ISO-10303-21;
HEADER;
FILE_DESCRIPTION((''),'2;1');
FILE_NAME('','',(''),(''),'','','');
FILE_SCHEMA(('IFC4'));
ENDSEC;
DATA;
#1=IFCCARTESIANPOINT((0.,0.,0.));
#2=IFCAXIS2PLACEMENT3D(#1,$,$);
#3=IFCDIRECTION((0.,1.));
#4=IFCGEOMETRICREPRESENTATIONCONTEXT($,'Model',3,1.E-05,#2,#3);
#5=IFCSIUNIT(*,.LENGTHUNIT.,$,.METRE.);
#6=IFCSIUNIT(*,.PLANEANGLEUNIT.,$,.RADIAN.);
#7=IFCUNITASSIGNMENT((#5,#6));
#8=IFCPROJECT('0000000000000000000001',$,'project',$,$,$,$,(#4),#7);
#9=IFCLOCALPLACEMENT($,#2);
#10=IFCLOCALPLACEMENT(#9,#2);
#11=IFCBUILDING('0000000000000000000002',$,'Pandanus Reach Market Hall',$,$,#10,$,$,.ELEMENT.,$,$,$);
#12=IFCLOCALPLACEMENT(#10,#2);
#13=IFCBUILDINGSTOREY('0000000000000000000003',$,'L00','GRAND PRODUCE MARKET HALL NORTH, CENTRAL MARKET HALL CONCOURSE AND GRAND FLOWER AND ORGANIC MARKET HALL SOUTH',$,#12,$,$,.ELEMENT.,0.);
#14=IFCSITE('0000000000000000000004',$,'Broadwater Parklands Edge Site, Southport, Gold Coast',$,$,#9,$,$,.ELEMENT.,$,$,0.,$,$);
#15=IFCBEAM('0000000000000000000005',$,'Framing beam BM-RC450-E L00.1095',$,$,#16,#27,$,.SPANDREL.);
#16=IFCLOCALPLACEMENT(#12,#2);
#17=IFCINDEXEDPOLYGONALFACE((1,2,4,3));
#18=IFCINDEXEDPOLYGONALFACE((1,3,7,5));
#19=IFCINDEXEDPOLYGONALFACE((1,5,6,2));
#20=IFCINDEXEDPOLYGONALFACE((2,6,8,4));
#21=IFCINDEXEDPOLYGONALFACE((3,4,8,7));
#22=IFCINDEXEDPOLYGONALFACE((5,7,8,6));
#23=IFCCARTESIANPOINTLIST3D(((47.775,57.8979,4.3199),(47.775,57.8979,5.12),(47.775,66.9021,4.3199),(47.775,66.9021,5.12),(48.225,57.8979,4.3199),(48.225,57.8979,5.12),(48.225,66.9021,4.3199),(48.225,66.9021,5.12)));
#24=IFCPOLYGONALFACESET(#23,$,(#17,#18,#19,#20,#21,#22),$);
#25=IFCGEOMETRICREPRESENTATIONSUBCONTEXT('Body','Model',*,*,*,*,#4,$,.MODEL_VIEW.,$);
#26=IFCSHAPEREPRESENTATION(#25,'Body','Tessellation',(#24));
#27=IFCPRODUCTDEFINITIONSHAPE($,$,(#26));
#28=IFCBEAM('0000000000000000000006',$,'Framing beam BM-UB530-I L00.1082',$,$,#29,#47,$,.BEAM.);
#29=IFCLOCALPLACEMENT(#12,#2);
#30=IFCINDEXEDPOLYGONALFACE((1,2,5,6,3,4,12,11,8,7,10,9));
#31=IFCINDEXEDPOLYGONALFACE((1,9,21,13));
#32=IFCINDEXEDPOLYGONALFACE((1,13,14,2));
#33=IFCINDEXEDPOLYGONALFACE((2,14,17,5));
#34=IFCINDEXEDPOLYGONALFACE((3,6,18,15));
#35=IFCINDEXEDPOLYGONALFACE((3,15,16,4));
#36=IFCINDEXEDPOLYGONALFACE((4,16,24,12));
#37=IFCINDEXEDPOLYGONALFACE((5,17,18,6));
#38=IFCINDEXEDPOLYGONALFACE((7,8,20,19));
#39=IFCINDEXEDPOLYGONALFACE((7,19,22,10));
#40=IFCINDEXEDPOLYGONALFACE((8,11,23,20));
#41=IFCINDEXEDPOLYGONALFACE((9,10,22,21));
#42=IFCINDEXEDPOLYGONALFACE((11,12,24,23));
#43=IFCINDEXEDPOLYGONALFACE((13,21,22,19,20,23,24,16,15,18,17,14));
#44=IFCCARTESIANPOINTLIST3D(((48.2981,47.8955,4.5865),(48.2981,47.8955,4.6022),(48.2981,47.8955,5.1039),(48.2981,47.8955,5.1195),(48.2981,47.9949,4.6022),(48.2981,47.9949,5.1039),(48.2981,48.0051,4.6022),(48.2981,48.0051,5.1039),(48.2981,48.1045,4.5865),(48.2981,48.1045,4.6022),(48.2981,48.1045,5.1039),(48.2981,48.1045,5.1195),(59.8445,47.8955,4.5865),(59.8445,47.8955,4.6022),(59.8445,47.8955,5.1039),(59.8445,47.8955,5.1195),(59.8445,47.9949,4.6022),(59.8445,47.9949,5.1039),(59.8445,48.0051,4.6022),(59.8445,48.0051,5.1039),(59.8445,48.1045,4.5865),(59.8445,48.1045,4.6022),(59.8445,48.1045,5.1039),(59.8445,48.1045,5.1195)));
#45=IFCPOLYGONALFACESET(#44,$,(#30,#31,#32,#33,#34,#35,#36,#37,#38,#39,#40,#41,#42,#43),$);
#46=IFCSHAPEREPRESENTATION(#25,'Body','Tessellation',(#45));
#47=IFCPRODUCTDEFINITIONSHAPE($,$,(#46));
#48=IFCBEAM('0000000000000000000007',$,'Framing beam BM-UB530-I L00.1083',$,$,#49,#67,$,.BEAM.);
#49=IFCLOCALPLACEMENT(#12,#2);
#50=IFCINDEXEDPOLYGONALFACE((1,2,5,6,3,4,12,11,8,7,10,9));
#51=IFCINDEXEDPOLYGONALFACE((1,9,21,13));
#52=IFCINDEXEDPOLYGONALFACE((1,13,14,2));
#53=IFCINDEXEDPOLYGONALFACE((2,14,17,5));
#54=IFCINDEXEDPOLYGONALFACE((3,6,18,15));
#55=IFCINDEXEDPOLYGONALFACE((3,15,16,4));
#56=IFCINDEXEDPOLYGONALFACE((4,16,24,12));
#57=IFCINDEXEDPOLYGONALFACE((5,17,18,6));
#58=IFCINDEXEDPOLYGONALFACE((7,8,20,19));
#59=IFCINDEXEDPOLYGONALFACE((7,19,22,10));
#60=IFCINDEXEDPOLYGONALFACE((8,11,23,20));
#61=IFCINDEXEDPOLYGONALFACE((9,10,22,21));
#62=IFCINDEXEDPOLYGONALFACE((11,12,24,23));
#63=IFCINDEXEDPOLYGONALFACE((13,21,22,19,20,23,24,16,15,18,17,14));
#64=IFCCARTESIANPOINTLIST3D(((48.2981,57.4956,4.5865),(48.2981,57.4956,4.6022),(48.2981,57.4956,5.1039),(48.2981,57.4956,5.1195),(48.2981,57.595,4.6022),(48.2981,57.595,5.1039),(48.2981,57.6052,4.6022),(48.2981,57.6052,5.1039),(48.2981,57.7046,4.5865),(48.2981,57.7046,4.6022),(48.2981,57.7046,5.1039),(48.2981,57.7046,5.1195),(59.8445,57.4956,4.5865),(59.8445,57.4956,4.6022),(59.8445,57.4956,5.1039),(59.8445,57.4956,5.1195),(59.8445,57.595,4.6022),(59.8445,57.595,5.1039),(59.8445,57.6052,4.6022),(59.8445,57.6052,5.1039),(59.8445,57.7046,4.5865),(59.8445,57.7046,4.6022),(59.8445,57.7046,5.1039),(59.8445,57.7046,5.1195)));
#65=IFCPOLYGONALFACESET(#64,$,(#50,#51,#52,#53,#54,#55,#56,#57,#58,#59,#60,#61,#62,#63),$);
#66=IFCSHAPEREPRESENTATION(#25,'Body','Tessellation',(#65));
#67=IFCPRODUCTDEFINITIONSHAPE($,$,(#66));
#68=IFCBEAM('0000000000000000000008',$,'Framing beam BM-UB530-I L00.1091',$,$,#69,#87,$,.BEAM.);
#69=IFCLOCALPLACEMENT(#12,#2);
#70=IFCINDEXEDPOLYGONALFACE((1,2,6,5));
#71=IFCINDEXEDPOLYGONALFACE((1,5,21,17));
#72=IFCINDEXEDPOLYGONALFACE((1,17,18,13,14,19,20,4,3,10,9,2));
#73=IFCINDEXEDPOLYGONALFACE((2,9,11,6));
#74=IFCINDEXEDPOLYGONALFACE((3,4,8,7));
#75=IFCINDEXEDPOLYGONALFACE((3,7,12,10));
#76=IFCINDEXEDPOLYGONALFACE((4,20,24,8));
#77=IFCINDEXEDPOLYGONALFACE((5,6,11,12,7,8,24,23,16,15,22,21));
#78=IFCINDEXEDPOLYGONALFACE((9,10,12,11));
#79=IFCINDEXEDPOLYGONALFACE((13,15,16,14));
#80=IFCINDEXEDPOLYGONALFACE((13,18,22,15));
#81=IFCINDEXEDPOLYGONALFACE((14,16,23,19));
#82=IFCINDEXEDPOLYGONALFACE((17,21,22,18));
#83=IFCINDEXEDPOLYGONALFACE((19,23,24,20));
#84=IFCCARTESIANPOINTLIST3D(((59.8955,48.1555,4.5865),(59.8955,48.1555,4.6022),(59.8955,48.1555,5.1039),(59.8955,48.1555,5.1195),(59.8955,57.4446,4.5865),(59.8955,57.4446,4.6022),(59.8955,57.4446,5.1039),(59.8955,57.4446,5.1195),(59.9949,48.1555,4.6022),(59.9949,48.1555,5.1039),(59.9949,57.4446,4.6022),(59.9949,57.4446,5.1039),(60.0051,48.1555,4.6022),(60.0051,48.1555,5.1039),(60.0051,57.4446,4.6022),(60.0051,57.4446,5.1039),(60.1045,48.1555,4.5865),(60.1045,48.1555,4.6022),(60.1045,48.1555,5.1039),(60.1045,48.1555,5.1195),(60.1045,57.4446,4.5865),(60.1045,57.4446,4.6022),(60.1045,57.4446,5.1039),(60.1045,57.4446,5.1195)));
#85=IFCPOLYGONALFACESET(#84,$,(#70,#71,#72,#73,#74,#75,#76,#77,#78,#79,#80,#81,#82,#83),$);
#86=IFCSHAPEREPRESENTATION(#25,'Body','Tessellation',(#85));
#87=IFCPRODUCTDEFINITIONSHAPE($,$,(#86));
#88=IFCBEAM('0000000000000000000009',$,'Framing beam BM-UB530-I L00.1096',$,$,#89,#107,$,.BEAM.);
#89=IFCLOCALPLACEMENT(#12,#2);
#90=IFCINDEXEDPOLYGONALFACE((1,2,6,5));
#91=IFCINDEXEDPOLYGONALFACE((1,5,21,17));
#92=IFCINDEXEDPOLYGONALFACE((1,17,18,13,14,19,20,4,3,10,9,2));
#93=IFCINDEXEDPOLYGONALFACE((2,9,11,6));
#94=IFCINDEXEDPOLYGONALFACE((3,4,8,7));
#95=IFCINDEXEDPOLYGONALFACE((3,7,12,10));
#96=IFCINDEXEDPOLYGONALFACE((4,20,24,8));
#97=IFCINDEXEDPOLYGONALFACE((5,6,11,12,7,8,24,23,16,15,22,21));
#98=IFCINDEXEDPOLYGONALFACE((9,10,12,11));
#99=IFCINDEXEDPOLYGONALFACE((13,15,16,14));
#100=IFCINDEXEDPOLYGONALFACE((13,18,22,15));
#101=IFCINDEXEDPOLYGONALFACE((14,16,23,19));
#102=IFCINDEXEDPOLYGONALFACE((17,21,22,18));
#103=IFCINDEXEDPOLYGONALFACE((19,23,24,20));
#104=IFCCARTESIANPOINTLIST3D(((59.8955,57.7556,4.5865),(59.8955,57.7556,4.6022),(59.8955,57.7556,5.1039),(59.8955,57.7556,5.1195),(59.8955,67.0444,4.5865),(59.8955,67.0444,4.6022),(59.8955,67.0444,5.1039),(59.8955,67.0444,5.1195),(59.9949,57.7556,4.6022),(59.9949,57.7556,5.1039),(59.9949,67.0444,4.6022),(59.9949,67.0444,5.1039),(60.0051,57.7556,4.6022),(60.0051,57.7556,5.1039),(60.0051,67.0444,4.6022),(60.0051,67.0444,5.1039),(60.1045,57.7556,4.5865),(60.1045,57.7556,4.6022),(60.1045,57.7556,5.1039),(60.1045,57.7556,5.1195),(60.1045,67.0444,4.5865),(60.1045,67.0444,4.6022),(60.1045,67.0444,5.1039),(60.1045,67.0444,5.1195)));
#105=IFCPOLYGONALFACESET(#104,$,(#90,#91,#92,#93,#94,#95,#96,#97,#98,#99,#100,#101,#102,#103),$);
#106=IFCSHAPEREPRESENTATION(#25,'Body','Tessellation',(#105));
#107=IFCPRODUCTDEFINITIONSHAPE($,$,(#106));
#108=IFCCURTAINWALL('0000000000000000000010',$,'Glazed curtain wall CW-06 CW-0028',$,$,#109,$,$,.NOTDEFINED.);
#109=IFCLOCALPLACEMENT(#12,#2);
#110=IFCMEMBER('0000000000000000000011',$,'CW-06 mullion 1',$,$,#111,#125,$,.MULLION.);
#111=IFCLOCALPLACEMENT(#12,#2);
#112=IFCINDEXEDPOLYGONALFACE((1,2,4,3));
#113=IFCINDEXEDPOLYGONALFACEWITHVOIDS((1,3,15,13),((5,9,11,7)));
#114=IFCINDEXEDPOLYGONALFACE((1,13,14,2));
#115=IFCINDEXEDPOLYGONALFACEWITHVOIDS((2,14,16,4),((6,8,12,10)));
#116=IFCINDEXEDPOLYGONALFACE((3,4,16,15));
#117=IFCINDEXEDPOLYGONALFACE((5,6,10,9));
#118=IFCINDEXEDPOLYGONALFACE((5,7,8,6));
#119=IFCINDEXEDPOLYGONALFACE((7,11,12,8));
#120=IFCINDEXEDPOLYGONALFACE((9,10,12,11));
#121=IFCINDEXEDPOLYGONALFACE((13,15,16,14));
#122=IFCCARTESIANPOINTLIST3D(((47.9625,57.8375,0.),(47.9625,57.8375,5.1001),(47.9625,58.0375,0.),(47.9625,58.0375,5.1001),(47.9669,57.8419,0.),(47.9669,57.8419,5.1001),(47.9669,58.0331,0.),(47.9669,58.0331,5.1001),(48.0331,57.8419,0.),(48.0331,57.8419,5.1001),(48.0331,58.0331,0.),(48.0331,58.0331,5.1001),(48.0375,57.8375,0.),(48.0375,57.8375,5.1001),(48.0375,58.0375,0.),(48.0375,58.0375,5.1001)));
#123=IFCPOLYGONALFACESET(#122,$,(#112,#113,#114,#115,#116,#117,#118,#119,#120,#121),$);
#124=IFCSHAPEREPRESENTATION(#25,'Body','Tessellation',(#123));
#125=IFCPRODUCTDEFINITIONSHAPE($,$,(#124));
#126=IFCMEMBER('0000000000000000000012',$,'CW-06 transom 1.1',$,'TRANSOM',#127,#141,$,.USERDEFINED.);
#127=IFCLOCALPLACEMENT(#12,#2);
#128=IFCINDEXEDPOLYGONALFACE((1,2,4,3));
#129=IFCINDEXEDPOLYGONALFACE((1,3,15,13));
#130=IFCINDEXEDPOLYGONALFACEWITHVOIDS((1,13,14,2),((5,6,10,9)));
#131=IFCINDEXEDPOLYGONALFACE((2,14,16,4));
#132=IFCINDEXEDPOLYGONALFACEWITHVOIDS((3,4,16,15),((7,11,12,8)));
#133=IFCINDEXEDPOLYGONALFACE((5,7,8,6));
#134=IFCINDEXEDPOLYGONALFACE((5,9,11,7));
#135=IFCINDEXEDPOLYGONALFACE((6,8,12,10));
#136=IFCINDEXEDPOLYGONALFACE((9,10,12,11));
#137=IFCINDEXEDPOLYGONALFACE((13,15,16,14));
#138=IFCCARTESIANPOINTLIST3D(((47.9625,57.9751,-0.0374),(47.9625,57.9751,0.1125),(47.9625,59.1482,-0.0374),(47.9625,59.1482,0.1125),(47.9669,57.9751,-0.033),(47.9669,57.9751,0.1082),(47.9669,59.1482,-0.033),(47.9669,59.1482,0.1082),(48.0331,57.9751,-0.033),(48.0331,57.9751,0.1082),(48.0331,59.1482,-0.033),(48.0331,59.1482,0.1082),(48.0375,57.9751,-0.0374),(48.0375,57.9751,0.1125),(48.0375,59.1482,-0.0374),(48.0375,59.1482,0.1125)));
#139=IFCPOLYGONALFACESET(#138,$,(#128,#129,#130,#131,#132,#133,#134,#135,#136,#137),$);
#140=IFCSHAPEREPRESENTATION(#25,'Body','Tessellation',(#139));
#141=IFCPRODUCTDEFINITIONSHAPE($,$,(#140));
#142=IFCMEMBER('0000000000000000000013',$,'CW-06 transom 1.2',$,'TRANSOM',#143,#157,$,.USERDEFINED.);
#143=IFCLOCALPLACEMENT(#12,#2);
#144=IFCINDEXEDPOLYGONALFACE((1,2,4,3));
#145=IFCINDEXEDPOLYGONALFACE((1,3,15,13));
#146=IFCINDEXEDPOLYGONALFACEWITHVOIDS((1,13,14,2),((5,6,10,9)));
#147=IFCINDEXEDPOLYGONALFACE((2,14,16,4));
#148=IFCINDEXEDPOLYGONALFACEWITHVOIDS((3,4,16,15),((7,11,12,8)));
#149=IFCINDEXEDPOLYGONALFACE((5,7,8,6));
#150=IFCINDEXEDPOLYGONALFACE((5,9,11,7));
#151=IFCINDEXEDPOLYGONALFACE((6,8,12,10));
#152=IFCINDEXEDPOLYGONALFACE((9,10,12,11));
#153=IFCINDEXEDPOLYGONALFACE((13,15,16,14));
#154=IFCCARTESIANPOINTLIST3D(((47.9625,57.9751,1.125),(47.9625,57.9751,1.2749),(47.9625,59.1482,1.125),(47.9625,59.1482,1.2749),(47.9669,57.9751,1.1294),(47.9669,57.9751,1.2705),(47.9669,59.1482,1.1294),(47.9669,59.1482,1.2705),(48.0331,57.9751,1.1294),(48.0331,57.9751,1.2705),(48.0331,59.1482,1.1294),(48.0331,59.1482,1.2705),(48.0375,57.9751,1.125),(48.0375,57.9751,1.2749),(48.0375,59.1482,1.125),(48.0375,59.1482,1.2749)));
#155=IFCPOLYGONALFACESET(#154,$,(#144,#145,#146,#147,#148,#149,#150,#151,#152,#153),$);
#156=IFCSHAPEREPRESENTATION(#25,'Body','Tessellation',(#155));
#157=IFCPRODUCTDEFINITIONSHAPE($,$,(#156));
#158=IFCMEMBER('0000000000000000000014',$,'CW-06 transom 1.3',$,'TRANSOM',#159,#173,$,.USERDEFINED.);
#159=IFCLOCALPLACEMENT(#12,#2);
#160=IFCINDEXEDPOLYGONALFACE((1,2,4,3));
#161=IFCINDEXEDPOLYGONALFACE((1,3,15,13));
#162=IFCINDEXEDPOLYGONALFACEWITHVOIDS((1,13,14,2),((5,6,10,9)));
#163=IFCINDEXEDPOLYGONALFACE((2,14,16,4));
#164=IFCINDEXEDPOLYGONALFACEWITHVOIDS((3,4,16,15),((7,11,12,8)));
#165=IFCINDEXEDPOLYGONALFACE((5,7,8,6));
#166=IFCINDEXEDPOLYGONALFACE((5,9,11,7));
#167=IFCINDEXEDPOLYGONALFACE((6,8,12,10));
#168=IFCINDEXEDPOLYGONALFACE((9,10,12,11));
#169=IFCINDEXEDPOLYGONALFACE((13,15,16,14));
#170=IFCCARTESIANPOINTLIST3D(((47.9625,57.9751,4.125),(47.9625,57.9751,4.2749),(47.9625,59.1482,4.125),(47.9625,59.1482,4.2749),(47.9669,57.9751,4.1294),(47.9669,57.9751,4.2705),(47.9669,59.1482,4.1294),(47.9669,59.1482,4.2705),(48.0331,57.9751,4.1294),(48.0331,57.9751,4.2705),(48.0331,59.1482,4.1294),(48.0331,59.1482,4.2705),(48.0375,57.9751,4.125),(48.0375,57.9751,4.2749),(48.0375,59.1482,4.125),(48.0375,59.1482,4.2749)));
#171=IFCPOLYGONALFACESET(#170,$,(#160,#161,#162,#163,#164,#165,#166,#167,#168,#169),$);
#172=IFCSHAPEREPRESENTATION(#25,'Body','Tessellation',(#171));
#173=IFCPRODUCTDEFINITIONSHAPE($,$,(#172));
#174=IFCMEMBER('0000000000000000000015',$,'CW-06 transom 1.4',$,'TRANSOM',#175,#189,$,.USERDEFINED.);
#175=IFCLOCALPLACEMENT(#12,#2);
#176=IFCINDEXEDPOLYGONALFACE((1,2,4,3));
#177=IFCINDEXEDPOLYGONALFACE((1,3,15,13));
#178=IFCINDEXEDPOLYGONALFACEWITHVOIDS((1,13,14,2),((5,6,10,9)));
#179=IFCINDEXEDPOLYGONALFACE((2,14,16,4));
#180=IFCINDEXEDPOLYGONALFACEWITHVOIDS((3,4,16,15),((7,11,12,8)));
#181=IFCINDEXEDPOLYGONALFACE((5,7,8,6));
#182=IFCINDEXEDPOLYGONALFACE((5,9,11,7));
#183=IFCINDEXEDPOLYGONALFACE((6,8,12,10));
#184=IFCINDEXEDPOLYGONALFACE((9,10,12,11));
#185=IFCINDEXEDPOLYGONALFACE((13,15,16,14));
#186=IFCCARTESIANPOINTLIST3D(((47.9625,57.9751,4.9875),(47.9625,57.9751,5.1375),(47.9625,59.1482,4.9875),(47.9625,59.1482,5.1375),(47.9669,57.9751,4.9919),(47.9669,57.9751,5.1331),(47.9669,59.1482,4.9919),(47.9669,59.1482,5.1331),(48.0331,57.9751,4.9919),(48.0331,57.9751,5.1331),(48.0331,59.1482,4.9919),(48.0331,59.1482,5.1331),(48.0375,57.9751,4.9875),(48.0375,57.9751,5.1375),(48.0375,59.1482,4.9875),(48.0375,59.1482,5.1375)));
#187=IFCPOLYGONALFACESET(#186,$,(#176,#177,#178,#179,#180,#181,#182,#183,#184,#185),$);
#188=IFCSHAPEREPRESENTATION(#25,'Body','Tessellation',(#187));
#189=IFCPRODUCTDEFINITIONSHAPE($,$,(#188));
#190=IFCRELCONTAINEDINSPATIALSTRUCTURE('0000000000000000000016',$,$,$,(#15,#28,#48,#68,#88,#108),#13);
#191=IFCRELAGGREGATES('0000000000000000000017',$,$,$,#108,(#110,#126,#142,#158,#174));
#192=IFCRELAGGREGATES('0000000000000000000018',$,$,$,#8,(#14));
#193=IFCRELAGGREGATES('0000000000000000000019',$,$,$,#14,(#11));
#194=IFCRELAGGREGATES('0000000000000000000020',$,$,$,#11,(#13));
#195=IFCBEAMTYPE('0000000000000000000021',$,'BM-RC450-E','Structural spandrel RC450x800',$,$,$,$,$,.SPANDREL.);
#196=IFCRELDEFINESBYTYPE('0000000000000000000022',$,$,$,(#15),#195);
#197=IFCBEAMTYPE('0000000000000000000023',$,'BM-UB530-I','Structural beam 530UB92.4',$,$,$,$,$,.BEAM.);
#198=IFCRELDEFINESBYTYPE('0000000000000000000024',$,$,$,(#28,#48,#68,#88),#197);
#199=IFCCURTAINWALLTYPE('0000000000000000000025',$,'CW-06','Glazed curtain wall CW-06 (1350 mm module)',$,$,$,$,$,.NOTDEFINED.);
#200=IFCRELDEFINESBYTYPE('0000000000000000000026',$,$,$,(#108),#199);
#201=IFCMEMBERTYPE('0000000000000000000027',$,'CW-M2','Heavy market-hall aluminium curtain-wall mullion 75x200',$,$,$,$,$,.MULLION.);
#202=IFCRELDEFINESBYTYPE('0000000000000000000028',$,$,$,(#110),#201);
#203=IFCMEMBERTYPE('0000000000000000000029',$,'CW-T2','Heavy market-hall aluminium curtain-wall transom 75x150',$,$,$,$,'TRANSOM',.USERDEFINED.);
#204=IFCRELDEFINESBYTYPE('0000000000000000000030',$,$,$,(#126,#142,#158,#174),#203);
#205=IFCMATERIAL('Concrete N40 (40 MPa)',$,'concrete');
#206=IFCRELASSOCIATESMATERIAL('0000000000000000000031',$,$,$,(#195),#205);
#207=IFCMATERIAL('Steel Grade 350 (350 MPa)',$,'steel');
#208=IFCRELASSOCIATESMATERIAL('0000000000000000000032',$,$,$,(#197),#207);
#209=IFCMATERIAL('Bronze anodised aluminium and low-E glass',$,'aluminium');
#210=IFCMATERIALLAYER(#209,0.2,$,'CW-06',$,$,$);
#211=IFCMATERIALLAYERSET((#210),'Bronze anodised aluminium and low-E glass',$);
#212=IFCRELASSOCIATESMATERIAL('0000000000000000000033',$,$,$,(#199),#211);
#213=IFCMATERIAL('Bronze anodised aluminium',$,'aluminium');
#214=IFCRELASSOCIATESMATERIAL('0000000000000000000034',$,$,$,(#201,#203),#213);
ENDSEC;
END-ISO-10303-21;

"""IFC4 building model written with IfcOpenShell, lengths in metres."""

from ifc_helpers import new_model, si_unit, direction, frame, origin, origin_2d, place, context, subcontext, project, spatial, rectangle, hollow_rectangle, i_section, extrude, material, layer, layer_set, material_profile, profile_set, type_object, element, aggregate, save


model = new_model("IFC4")

# Units and contexts
model_context = context("Model", 3, precision=1e-05, world=origin(), true_north=direction((0.0, 1.0)))
body_context = subcontext(model_context, "Body", "Model", "MODEL_VIEW")
ifc_project = project(units=[si_unit("LENGTHUNIT", "METRE"), si_unit("PLANEANGLEUNIT", "RADIAN")], contexts=[model_context])

# Site, building, storey
site_placement = place(None, origin())
site = spatial("IfcSite", under=ifc_project, at=site_placement, Name="Broadwater Parklands Edge Site, Southport, Gold Coast", CompositionType="ELEMENT", RefElevation=0.0)
building_placement = place(site_placement, origin())
building = spatial("IfcBuilding", under=site, at=building_placement, Name="Pandanus Reach Market Hall", CompositionType="ELEMENT")
storey_placement = place(building_placement, origin())
storey = spatial("IfcBuildingStorey", under=building, at=storey_placement, Name="L00", Description="GRAND PRODUCE MARKET HALL NORTH, CENTRAL MARKET HALL CONCOURSE AND GRAND FLOWER AND ORGANIC MARKET HALL SOUTH", CompositionType="ELEMENT", Elevation=0.0)

# Shared definitions
ifc_material_1 = material(Name="Concrete N40 (40 MPa)", Category="concrete")

# Shared definitions
ifc_material_2 = material(Name="Steel Grade 350 (350 MPa)", Category="steel")

# Beams
ifc_material_profile_1 = material_profile(ifc_material_1, rectangle(XDim=0.45, YDim=0.8, at=origin_2d()), Name="RC450x800", Category="LoadBearing")
ifc_profile_set_1 = profile_set([ifc_material_profile_1], Name="Concrete N40 (40 MPa)")
beam_type_1 = type_object("IfcBeamType", Name="BM-RC450-E", Description="Structural spandrel RC450x800", PredefinedType="SPANDREL", material=ifc_profile_set_1)
beam_1_placement = place(storey_placement, frame((48.0, 57.8979, 4.72), z_axis=(0.0, 1.0, 0.0), x_axis=(-1.0, 0.0, 0.0)))
element("IfcBeam", 1, at=beam_1_placement, inside=storey, type_object=beam_type_1, Name="Framing beam BM-RC450-E L00.1095", PredefinedType="SPANDREL", context=body_context, shape_type="SweptSolid", body=[
    extrude(rectangle(XDim=0.45, YDim=0.8, at=origin_2d()), origin(), (0.0, 0.0, 1.0), 9.0042),
])
ifc_material_profile_2 = material_profile(ifc_material_2, i_section(OverallWidth=0.209, OverallDepth=0.533, WebThickness=0.0103, FlangeThickness=0.0156, at=origin_2d()), Name="530UB92.4", Category="LoadBearing")
ifc_profile_set_2 = profile_set([ifc_material_profile_2], Name="Steel Grade 350 (350 MPa)")
beam_type_2 = type_object("IfcBeamType", Name="BM-UB530-I", Description="Structural beam 530UB92.4", PredefinedType="BEAM", material=ifc_profile_set_2)
for number, where, z_axis, x_axis, name in (
    (2, (48.2981, 48.0, 4.853), (1.0, 0.0, 0.0), (0.0, 1.0, 0.0), "Framing beam BM-UB530-I L00.1082"),
    (3, (48.2981, 57.6001, 4.853), (1.0, 0.0, 0.0), (0.0, 1.0, 0.0), "Framing beam BM-UB530-I L00.1083"),
):
    element("IfcBeam", number, at=place(storey_placement, frame(where, z_axis=z_axis, x_axis=x_axis)), inside=storey, type_object=beam_type_2, Name=name, PredefinedType="BEAM", context=body_context, shape_type="SweptSolid", body=[
        extrude(i_section(OverallWidth=0.209, OverallDepth=0.533, WebThickness=0.0103, FlangeThickness=0.0156, at=origin_2d()), origin(), (0.0, 0.0, 1.0), 11.5464),
    ])
beam_2_placement = place(storey_placement, frame((60.0, 48.1555, 4.853), z_axis=(0.0, 1.0, 0.0), x_axis=(-1.0, 0.0, 0.0)))
element("IfcBeam", 4, at=beam_2_placement, inside=storey, type_object=beam_type_2, Name="Framing beam BM-UB530-I L00.1091", PredefinedType="BEAM", context=body_context, shape_type="SweptSolid", body=[
    extrude(i_section(OverallWidth=0.209, OverallDepth=0.533, WebThickness=0.0103, FlangeThickness=0.0156, at=origin_2d()), origin(), (0.0, 0.0, 1.0), 9.2891),
])
beam_3_placement = place(storey_placement, frame((60.0, 57.7556, 4.853), z_axis=(0.0, 1.0, 0.0), x_axis=(-1.0, 0.0, 0.0)))
element("IfcBeam", 5, at=beam_3_placement, inside=storey, type_object=beam_type_2, Name="Framing beam BM-UB530-I L00.1096", PredefinedType="BEAM", context=body_context, shape_type="SweptSolid", body=[
    extrude(i_section(OverallWidth=0.209, OverallDepth=0.533, WebThickness=0.0103, FlangeThickness=0.0156, at=origin_2d()), origin(), (0.0, 0.0, 1.0), 9.2888),
])

# Curtain wall, members
ifc_material_3 = material(Name="Bronze anodised aluminium and low-E glass", Category="aluminium")
ifc_layer_1 = layer(ifc_material_3, 0.2, Name="CW-06")
ifc_layer_set_1 = layer_set([ifc_layer_1], Name="Bronze anodised aluminium and low-E glass")
curtain_wall_type = type_object("IfcCurtainWallType", Name="CW-06", Description="Glazed curtain wall CW-06 (1350 mm module)", PredefinedType="NOTDEFINED", material=ifc_layer_set_1)
curtain_wall_placement = place(storey_placement, origin())
curtain_wall = element("IfcCurtainWall", 6, at=curtain_wall_placement, inside=storey, type_object=curtain_wall_type, Name="Glazed curtain wall CW-06 CW-0028", PredefinedType="NOTDEFINED")
ifc_material_4 = material(Name="Bronze anodised aluminium", Category="aluminium")
ifc_material_profile_3 = material_profile(ifc_material_4, hollow_rectangle(XDim=0.075, YDim=0.2, WallThickness=0.0044, at=origin_2d()), Name="ALU75x200", Category="LoadBearing")
ifc_profile_set_3 = profile_set([ifc_material_profile_3], Name="Bronze anodised aluminium")
member_type_1 = type_object("IfcMemberType", Name="CW-M2", Description="Heavy market-hall aluminium curtain-wall mullion 75x200", PredefinedType="MULLION", material=ifc_profile_set_3)
member_1_placement = place(storey_placement, frame((48.0, 57.9375, 0.0), z_axis=(0.0, 0.0, 1.0), x_axis=(-1.0, 0.0, 0.0)))
member_1 = element("IfcMember", 7, at=member_1_placement, type_object=member_type_1, Name="CW-06 mullion 1", PredefinedType="MULLION", context=body_context, shape_type="SweptSolid", body=[
    extrude(hollow_rectangle(XDim=0.075, YDim=0.2, WallThickness=0.0044, at=origin_2d()), origin(), (0.0, 0.0, 1.0), 5.1001),
])
ifc_material_profile_4 = material_profile(ifc_material_4, hollow_rectangle(XDim=0.075, YDim=0.1499, WallThickness=0.0044, at=origin_2d()), Name="ALU75x150", Category="LoadBearing")
ifc_profile_set_4 = profile_set([ifc_material_profile_4], Name="Bronze anodised aluminium")
member_type_2 = type_object("IfcMemberType", Name="CW-T2", Description="Heavy market-hall aluminium curtain-wall transom 75x150", ElementType="TRANSOM", PredefinedType="USERDEFINED", material=ifc_profile_set_4)
member_2_placement = place(storey_placement, frame((48.0, 57.9751, 0.0376), z_axis=(0.0, 1.0, 0.0), x_axis=(-1.0, 0.0, 0.0)))
member_2 = element("IfcMember", 8, at=member_2_placement, type_object=member_type_2, Name="CW-06 transom 1.1", ObjectType="TRANSOM", PredefinedType="USERDEFINED", context=body_context, shape_type="SweptSolid", body=[
    extrude(hollow_rectangle(XDim=0.075, YDim=0.1499, WallThickness=0.0044, at=origin_2d()), origin(), (0.0, 0.0, 1.0), 1.1731),
])
member_3_placement = place(storey_placement, frame((48.0, 57.9751, 1.2), z_axis=(0.0, 1.0, 0.0), x_axis=(-1.0, 0.0, 0.0)))
member_3 = element("IfcMember", 9, at=member_3_placement, type_object=member_type_2, Name="CW-06 transom 1.2", ObjectType="TRANSOM", PredefinedType="USERDEFINED", context=body_context, shape_type="SweptSolid", body=[
    extrude(hollow_rectangle(XDim=0.075, YDim=0.1499, WallThickness=0.0044, at=origin_2d()), origin(), (0.0, 0.0, 1.0), 1.1731),
])
member_4_placement = place(storey_placement, frame((48.0, 57.9751, 4.2), z_axis=(0.0, 1.0, 0.0), x_axis=(-1.0, 0.0, 0.0)))
member_4 = element("IfcMember", 10, at=member_4_placement, type_object=member_type_2, Name="CW-06 transom 1.3", ObjectType="TRANSOM", PredefinedType="USERDEFINED", context=body_context, shape_type="SweptSolid", body=[
    extrude(hollow_rectangle(XDim=0.075, YDim=0.1499, WallThickness=0.0044, at=origin_2d()), origin(), (0.0, 0.0, 1.0), 1.1731),
])
member_5_placement = place(storey_placement, frame((48.0, 57.9751, 5.0625), z_axis=(0.0, 1.0, 0.0), x_axis=(-1.0, 0.0, 0.0)))
member_5 = element("IfcMember", 11, at=member_5_placement, type_object=member_type_2, Name="CW-06 transom 1.4", ObjectType="TRANSOM", PredefinedType="USERDEFINED", context=body_context, shape_type="SweptSolid", body=[
    extrude(hollow_rectangle(XDim=0.075, YDim=0.1499, WallThickness=0.0044, at=origin_2d()), origin(), (0.0, 0.0, 1.0), 1.1731),
])

aggregate(curtain_wall, [member_1, member_2, member_3, member_4, member_5])

save(model, "model.ifc")
